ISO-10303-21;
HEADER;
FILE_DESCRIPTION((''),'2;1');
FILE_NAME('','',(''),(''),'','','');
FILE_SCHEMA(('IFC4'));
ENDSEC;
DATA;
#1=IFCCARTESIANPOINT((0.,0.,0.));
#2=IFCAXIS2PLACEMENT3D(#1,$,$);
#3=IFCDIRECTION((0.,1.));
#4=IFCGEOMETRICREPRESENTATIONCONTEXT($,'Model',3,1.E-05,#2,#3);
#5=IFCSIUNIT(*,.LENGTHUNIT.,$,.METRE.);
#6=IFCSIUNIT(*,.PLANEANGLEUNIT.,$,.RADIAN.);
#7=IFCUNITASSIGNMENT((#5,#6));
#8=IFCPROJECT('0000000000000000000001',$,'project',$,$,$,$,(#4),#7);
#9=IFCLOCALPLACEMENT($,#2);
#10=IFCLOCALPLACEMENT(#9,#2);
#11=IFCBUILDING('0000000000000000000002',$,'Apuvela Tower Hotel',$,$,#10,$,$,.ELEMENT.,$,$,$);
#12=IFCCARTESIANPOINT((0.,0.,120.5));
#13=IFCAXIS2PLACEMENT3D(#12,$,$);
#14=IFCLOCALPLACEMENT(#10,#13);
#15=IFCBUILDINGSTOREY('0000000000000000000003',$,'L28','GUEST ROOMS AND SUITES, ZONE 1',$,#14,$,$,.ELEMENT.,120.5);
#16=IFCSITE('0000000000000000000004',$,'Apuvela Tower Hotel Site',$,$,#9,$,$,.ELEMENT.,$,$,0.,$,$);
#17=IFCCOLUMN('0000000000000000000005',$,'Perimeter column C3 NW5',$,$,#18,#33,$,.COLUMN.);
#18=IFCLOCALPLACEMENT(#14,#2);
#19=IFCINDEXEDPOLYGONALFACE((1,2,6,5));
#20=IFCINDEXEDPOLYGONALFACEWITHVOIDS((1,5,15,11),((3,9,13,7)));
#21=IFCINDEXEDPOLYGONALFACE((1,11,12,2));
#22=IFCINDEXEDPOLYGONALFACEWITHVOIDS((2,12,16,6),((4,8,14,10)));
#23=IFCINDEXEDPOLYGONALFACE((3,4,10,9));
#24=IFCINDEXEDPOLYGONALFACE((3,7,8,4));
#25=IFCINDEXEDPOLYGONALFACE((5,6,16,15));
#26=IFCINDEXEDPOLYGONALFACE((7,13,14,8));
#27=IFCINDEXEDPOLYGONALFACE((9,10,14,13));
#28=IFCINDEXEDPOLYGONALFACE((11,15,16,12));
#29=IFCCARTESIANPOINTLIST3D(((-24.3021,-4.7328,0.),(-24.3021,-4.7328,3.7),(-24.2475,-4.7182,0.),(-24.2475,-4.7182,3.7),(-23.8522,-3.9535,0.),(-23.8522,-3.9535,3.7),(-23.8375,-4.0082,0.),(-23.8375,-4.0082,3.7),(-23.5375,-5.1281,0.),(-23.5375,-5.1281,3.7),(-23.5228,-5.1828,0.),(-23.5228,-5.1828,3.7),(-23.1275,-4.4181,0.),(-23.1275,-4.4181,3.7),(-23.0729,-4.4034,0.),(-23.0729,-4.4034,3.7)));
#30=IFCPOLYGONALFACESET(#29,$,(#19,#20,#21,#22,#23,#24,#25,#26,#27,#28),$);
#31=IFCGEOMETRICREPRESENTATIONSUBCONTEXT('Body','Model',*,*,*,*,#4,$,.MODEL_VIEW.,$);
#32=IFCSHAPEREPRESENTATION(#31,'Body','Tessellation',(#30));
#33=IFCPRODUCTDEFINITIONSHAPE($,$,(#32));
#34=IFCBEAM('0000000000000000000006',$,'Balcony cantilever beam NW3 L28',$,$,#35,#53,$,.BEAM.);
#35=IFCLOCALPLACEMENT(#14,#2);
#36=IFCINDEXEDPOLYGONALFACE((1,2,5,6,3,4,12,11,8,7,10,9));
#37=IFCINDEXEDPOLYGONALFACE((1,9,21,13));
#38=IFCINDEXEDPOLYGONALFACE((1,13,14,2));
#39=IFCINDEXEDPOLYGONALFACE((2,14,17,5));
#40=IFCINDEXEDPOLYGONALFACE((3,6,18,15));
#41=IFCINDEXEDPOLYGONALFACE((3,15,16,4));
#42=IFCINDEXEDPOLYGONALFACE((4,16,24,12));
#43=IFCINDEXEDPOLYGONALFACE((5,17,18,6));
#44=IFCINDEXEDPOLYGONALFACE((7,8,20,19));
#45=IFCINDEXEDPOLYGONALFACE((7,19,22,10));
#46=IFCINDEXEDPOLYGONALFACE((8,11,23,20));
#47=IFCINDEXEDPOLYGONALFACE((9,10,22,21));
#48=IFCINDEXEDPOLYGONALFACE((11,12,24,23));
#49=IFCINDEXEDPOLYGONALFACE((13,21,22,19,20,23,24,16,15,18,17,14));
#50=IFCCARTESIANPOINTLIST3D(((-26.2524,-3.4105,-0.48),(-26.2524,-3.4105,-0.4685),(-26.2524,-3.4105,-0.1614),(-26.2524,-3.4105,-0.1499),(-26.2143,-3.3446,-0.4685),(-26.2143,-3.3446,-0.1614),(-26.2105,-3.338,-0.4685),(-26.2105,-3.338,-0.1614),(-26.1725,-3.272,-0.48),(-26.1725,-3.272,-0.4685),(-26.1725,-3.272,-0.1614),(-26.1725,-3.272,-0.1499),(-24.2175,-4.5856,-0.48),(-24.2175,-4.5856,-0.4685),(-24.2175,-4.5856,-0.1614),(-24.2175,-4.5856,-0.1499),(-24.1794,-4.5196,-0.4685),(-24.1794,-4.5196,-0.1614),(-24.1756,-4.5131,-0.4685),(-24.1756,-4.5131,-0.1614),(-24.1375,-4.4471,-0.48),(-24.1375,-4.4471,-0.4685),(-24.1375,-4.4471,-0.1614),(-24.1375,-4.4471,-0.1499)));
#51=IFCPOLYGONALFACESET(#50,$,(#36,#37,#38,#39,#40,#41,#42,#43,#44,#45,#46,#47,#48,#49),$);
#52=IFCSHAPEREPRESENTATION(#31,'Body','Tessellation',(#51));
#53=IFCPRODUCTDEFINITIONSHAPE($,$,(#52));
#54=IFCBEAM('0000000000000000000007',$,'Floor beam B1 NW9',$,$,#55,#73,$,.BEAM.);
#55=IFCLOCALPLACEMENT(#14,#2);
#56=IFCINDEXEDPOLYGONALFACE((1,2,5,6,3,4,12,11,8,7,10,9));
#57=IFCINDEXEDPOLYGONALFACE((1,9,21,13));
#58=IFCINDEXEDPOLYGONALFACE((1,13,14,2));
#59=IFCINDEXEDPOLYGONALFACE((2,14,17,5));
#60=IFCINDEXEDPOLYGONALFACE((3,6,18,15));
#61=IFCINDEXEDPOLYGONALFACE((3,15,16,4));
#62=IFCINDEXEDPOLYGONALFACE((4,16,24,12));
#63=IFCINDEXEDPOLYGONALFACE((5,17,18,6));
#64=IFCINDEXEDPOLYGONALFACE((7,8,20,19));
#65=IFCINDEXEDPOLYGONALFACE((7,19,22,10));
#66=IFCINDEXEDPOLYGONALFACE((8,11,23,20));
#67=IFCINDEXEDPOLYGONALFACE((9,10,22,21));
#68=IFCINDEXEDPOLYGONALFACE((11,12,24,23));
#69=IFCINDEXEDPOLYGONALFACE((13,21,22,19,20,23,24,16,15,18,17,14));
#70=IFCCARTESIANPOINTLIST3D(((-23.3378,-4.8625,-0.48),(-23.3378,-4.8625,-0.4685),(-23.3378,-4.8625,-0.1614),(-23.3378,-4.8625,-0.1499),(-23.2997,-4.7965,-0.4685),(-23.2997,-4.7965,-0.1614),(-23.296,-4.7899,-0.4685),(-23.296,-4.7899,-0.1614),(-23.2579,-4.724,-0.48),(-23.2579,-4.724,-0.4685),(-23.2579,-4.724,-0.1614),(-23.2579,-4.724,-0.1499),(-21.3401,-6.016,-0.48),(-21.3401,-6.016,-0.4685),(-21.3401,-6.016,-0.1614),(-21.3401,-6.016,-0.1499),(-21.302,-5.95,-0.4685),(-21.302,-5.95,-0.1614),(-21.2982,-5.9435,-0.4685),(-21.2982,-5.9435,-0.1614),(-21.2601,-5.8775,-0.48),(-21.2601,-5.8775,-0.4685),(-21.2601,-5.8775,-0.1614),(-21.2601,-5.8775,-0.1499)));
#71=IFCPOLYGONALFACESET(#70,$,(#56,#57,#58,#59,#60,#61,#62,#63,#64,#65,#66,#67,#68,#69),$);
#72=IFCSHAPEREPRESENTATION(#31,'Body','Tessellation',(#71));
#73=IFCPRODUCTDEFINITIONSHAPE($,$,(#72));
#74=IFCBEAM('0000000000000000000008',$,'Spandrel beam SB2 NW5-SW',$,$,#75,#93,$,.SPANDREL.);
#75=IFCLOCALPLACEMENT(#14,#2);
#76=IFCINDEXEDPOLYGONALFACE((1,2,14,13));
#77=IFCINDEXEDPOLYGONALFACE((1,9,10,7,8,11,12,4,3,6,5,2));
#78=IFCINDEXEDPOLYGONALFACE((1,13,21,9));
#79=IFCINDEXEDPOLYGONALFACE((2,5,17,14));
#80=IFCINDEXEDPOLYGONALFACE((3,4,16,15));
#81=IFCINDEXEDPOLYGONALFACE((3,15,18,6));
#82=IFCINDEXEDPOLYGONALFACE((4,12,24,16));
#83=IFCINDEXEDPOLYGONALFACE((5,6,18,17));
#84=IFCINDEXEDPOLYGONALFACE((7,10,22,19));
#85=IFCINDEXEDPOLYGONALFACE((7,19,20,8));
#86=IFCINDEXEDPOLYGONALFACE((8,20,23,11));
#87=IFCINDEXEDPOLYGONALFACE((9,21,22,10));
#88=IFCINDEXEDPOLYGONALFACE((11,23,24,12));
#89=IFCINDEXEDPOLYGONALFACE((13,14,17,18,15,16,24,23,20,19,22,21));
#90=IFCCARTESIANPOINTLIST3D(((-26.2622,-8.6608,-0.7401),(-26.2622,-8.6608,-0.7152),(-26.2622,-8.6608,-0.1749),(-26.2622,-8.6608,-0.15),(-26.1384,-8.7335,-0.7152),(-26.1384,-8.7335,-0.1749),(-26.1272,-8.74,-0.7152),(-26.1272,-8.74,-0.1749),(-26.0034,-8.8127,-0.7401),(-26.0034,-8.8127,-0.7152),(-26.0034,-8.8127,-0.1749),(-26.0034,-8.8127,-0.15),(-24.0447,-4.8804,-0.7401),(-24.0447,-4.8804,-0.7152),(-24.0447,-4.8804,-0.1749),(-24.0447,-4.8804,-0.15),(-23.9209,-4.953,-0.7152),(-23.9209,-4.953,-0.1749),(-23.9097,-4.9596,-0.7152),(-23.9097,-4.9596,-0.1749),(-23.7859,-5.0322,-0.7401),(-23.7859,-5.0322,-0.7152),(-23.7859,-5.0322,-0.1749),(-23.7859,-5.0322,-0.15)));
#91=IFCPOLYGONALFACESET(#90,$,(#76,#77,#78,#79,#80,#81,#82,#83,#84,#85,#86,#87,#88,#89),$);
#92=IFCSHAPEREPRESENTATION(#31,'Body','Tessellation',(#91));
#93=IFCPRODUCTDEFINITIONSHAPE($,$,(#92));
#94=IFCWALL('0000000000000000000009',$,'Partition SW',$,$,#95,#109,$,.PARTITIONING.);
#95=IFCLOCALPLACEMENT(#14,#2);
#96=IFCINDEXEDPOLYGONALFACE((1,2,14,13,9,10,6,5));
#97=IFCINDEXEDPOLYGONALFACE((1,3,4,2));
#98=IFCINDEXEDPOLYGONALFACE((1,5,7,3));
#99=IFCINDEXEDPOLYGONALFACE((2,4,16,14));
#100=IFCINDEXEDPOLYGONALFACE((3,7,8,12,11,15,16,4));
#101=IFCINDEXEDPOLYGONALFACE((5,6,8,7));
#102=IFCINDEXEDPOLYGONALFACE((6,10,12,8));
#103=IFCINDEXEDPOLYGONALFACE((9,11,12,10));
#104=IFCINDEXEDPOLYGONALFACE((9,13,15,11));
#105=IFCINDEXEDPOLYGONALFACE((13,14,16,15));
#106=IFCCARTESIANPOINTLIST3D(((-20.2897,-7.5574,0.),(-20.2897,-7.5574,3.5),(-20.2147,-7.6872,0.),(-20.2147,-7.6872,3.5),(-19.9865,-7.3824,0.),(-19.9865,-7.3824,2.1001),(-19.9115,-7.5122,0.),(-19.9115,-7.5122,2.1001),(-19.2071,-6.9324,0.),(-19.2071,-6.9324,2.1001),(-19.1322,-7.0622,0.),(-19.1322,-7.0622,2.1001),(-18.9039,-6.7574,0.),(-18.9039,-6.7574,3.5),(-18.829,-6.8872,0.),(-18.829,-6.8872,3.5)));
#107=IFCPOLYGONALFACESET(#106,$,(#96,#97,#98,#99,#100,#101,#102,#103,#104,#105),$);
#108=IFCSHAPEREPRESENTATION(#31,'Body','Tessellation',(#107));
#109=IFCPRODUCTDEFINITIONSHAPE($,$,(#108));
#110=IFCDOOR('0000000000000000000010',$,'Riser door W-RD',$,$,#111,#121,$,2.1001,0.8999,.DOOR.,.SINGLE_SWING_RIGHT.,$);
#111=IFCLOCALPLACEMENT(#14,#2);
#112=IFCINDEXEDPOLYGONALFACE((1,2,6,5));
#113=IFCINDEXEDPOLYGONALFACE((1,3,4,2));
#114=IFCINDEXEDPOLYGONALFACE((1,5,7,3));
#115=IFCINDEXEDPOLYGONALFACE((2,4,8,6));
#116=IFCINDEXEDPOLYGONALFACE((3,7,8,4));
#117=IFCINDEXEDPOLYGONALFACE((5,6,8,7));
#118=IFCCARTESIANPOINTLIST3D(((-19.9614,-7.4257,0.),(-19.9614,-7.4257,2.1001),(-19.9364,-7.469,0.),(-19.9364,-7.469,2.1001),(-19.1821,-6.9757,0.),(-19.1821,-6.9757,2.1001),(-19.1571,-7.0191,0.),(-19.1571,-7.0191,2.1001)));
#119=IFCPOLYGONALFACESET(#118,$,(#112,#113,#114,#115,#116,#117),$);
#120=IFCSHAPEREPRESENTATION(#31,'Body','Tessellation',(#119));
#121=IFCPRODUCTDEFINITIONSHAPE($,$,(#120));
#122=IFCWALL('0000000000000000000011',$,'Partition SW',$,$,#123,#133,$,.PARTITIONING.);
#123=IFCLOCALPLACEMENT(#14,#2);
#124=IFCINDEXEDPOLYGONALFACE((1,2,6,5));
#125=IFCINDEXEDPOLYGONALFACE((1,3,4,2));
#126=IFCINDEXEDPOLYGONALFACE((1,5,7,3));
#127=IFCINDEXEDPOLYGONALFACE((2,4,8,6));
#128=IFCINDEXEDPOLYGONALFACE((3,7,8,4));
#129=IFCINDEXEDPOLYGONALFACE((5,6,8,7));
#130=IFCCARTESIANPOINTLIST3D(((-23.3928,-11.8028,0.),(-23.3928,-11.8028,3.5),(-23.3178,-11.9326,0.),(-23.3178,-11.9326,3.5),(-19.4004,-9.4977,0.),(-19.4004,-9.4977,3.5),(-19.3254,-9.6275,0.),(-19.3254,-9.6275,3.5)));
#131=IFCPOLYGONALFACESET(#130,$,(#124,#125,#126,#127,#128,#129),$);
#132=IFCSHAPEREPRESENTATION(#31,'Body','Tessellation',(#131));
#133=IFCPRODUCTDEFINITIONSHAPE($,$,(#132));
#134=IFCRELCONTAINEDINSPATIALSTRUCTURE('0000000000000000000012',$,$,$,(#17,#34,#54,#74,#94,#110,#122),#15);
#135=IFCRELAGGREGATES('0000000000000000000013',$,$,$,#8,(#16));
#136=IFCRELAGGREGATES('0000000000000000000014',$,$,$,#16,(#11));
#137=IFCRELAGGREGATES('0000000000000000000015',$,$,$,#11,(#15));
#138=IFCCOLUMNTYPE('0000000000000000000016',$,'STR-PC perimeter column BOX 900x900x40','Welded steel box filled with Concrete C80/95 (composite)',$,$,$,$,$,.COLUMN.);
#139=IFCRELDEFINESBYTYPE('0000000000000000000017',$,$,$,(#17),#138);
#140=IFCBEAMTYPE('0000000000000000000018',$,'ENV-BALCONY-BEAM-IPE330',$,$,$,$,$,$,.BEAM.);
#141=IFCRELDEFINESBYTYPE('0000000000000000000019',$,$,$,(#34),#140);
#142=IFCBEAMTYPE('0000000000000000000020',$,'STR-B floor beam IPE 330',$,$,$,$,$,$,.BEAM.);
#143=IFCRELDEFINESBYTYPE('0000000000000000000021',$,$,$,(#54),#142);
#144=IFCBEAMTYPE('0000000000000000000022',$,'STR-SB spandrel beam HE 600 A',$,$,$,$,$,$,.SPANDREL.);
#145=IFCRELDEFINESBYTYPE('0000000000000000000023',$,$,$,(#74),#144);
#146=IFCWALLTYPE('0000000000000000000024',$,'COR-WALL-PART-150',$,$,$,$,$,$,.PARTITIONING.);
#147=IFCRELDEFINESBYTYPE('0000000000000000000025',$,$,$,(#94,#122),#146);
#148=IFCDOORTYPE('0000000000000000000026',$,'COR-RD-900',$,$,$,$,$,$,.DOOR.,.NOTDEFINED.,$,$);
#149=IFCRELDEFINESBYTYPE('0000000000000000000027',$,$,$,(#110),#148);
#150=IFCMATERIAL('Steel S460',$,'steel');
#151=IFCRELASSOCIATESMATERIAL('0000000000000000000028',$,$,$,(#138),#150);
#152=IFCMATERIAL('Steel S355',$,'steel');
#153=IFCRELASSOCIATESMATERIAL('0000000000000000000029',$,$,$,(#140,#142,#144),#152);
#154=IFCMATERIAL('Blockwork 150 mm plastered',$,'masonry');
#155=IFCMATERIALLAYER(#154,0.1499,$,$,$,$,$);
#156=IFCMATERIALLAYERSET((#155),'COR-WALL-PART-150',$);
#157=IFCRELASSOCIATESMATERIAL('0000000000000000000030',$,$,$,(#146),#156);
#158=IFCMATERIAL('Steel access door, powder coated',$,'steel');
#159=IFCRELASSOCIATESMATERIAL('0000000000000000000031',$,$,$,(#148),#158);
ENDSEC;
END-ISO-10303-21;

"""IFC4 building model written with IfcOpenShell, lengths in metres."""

from ifc_helpers import new_model, si_unit, direction, frame, frame_2d, origin, origin_2d, place, context, subcontext, project, spatial, rectangle, hollow_rectangle, i_section, extrude, material, layer, layer_set, material_profile, profile_set, type_object, element, fill, save


model = new_model("IFC4")

# Units and contexts
model_context = context("Model", 3, precision=1e-05, world=origin(), true_north=direction((0.0, 1.0)))
body_context = subcontext(model_context, "Body", "Model", "MODEL_VIEW")
ifc_project = project(units=[si_unit("LENGTHUNIT", "METRE"), si_unit("PLANEANGLEUNIT", "RADIAN")], contexts=[model_context])

# Site, building, storey
site_placement = place(None, origin())
site = spatial("IfcSite", under=ifc_project, at=site_placement, Name="Apuvela Tower Hotel Site", CompositionType="ELEMENT", RefElevation=0.0)
building_placement = place(site_placement, origin())
building = spatial("IfcBuilding", under=site, at=building_placement, Name="Apuvela Tower Hotel", CompositionType="ELEMENT")
storey_placement = place(building_placement, frame((0.0, 0.0, 120.5)))
storey = spatial("IfcBuildingStorey", under=building, at=storey_placement, Name="L28", Description="GUEST ROOMS AND SUITES, ZONE 1", CompositionType="ELEMENT", Elevation=120.5)

# Column
ifc_material_1 = material(Name="Steel S460", Category="steel")
ifc_material_profile_1 = material_profile(ifc_material_1, hollow_rectangle(XDim=0.8999, YDim=0.8999, WallThickness=0.04, at=origin_2d()), Name="BOX 900x900x40")
ifc_material_2 = material(Name="Concrete C80/95", Category="concrete")
ifc_material_profile_2 = material_profile(ifc_material_2, rectangle(XDim=0.8201, YDim=0.8201, at=origin_2d()), Name="Concrete C80/95 infill")
ifc_profile_set_1 = profile_set([ifc_material_profile_1, ifc_material_profile_2], Name="Steel S460")
column_type = type_object("IfcColumnType", Name="STR-PC perimeter column BOX 900x900x40", Description="Welded steel box filled with Concrete C80/95 (composite)", PredefinedType="COLUMN", material=ifc_profile_set_1)
column_placement = place(storey_placement, frame((-23.6875, -4.5681, 0.0), z_axis=(0.0, 0.0, 1.0), x_axis=(0.5, 0.866025, 0.0)))
element("IfcColumn", 1, at=column_placement, inside=storey, type_object=column_type, Name="Perimeter column C3 NW5", PredefinedType="COLUMN", context=body_context, shape_type="SweptSolid", body=[
    extrude(hollow_rectangle(XDim=0.8999, YDim=0.8999, WallThickness=0.04, at=origin_2d()), origin(), (0.0, 0.0, 1.0), 3.7),
])

# Beams
ifc_material_3 = material(Name="Steel S355", Category="steel")
ifc_material_profile_3 = material_profile(ifc_material_3, i_section(OverallWidth=0.1599, OverallDepth=0.3301, WebThickness=0.0076, FlangeThickness=0.0115, at=origin_2d()), Name="IPE 330")
ifc_profile_set_2 = profile_set([ifc_material_profile_3], Name="Steel S355")
beam_type_1 = type_object("IfcBeamType", Name="ENV-BALCONY-BEAM-IPE330", PredefinedType="BEAM", material=ifc_profile_set_2)
beam_1_placement = place(storey_placement, frame((-24.1775, -4.5164, -0.3149), z_axis=(-0.86599, 0.500061, 0.0), x_axis=(-0.500061, -0.86599, 0.0)))
element("IfcBeam", 2, at=beam_1_placement, inside=storey, type_object=beam_type_1, Name="Balcony cantilever beam NW3 L28", PredefinedType="BEAM", context=body_context, shape_type="SweptSolid", body=[
    extrude(i_section(OverallWidth=0.1599, OverallDepth=0.3301, WebThickness=0.0076, FlangeThickness=0.0115, at=origin_2d()), origin(), (0.0, 0.0, 1.0), 2.3499),
])
ifc_material_profile_4 = material_profile(ifc_material_3, i_section(OverallWidth=0.1599, OverallDepth=0.3301, WebThickness=0.0076, FlangeThickness=0.0115, at=origin_2d()), Name="IPE 330")
ifc_profile_set_3 = profile_set([ifc_material_profile_4], Name="Steel S355")
beam_type_2 = type_object("IfcBeamType", Name="STR-B floor beam IPE 330", PredefinedType="BEAM", material=ifc_profile_set_3)
beam_2_placement = place(storey_placement, frame((-23.2979, -4.7932, -0.3149), z_axis=(0.866001, -0.500043, 0.0), x_axis=(0.500043, 0.866001, 0.0)))
element("IfcBeam", 3, at=beam_2_placement, inside=storey, type_object=beam_type_2, Name="Floor beam B1 NW9", PredefinedType="BEAM", context=body_context, shape_type="SweptSolid", body=[
    extrude(i_section(OverallWidth=0.1599, OverallDepth=0.3301, WebThickness=0.0076, FlangeThickness=0.0115, at=origin_2d()), origin(), (0.0, 0.0, 1.0), 2.3069),
])
ifc_material_profile_5 = material_profile(ifc_material_3, i_section(OverallWidth=0.3, OverallDepth=0.5901, WebThickness=0.0129, FlangeThickness=0.0249, at=origin_2d()), Name="HE 600 A")
ifc_profile_set_4 = profile_set([ifc_material_profile_5], Name="Steel S355")
beam_type_3 = type_object("IfcBeamType", Name="STR-SB spandrel beam HE 600 A", PredefinedType="SPANDREL", material=ifc_profile_set_4)
beam_3_placement = place(storey_placement, frame((-23.9153, -4.9563, -0.4451), z_axis=(-0.505951, -0.862562, 0.0), x_axis=(0.862562, -0.505951, 0.0)))
element("IfcBeam", 4, at=beam_3_placement, inside=storey, type_object=beam_type_3, Name="Spandrel beam SB2 NW5-SW", PredefinedType="SPANDREL", context=body_context, shape_type="SweptSolid", body=[
    extrude(i_section(OverallWidth=0.3, OverallDepth=0.5901, WebThickness=0.0129, FlangeThickness=0.0249, at=origin_2d()), origin(), (0.0, 0.0, 1.0), 4.3828),
])

# Wall, opening, door
ifc_material_4 = material(Name="Blockwork 150 mm plastered", Category="masonry")
ifc_layer_1 = layer(ifc_material_4, 0.1499)
ifc_layer_set_1 = layer_set([ifc_layer_1], Name="COR-WALL-PART-150")
wall_type_1 = type_object("IfcWallType", Name="COR-WALL-PART-150", PredefinedType="PARTITIONING", material=ifc_layer_set_1)
wall_1_placement = place(storey_placement, frame((-18.8665, -6.8223, 0.0), z_axis=(0.0, 0.0, 1.0), x_axis=(-0.866028, -0.499995, 0.0)))
wall_1 = element("IfcWall", 5, at=wall_1_placement, inside=storey, type_object=wall_type_1, Name="Partition SW", PredefinedType="PARTITIONING", context=body_context, shape_type="SweptSolid", body=[
    extrude(rectangle(XDim=1.6001, YDim=0.1499, at=frame_2d((0.8, 0.0))), origin(), (0.0, 0.0, 1.0), 3.5),
])
opening_1_placement = place(wall_1_placement, frame((0.3501, 0.0, 0.0)))
opening_1 = element("IfcOpeningElement", 6, at=opening_1_placement, cuts=wall_1, PredefinedType="OPENING", context=body_context, shape_type="SweptSolid", body=[
    extrude(rectangle(XDim=0.8999, YDim=2.1001, at=frame_2d((0.45, 1.05))), frame((0.0, 0.085, 0.0), z_axis=(0.0, -1.0, 0.0), x_axis=(1.0, 0.0, 0.0)), (0.0, 0.0, 1.0), 0.1699),
])
ifc_material_5 = material(Name="Steel access door, powder coated", Category="steel")
door_type_1 = type_object("IfcDoorType", Name="COR-RD-900", OperationType="NOTDEFINED", PredefinedType="DOOR", material=ifc_material_5)
door_1_placement = place(opening_1_placement, frame((0.8999, 0.0, 0.0), z_axis=(0.0, 0.0, 1.0), x_axis=(-1.0, 0.0, 0.0)))
door_1 = element("IfcDoor", 7, at=door_1_placement, inside=storey, type_object=door_type_1, Name="Riser door W-RD", OperationType="SINGLE_SWING_RIGHT", OverallHeight=2.1001, OverallWidth=0.8999, PredefinedType="DOOR", context=body_context, shape_type="SweptSolid", body=[
    extrude(rectangle(XDim=0.8999, YDim=2.1001, at=frame_2d((0.45, 1.05))), frame((0.0, 0.0249, 0.0), z_axis=(0.0, -1.0, 0.0), x_axis=(1.0, 0.0, 0.0)), (0.0, 0.0, 1.0), 0.05),
])
fill(opening_1, door_1)

# Wall
wall_2_placement = place(storey_placement, frame((-19.3628, -9.5625, 0.0), z_axis=(0.0, 0.0, 1.0), x_axis=(-0.866012, -0.500023, 0.0)))
element("IfcWall", 8, at=wall_2_placement, inside=storey, type_object=wall_type_1, Name="Partition SW", PredefinedType="PARTITIONING", context=body_context, shape_type="SweptSolid", body=[
    extrude(rectangle(XDim=4.6101, YDim=0.1499, at=frame_2d((2.3052, 0.0))), origin(), (0.0, 0.0, 1.0), 3.5),
])

save(model, "model.ifc")
